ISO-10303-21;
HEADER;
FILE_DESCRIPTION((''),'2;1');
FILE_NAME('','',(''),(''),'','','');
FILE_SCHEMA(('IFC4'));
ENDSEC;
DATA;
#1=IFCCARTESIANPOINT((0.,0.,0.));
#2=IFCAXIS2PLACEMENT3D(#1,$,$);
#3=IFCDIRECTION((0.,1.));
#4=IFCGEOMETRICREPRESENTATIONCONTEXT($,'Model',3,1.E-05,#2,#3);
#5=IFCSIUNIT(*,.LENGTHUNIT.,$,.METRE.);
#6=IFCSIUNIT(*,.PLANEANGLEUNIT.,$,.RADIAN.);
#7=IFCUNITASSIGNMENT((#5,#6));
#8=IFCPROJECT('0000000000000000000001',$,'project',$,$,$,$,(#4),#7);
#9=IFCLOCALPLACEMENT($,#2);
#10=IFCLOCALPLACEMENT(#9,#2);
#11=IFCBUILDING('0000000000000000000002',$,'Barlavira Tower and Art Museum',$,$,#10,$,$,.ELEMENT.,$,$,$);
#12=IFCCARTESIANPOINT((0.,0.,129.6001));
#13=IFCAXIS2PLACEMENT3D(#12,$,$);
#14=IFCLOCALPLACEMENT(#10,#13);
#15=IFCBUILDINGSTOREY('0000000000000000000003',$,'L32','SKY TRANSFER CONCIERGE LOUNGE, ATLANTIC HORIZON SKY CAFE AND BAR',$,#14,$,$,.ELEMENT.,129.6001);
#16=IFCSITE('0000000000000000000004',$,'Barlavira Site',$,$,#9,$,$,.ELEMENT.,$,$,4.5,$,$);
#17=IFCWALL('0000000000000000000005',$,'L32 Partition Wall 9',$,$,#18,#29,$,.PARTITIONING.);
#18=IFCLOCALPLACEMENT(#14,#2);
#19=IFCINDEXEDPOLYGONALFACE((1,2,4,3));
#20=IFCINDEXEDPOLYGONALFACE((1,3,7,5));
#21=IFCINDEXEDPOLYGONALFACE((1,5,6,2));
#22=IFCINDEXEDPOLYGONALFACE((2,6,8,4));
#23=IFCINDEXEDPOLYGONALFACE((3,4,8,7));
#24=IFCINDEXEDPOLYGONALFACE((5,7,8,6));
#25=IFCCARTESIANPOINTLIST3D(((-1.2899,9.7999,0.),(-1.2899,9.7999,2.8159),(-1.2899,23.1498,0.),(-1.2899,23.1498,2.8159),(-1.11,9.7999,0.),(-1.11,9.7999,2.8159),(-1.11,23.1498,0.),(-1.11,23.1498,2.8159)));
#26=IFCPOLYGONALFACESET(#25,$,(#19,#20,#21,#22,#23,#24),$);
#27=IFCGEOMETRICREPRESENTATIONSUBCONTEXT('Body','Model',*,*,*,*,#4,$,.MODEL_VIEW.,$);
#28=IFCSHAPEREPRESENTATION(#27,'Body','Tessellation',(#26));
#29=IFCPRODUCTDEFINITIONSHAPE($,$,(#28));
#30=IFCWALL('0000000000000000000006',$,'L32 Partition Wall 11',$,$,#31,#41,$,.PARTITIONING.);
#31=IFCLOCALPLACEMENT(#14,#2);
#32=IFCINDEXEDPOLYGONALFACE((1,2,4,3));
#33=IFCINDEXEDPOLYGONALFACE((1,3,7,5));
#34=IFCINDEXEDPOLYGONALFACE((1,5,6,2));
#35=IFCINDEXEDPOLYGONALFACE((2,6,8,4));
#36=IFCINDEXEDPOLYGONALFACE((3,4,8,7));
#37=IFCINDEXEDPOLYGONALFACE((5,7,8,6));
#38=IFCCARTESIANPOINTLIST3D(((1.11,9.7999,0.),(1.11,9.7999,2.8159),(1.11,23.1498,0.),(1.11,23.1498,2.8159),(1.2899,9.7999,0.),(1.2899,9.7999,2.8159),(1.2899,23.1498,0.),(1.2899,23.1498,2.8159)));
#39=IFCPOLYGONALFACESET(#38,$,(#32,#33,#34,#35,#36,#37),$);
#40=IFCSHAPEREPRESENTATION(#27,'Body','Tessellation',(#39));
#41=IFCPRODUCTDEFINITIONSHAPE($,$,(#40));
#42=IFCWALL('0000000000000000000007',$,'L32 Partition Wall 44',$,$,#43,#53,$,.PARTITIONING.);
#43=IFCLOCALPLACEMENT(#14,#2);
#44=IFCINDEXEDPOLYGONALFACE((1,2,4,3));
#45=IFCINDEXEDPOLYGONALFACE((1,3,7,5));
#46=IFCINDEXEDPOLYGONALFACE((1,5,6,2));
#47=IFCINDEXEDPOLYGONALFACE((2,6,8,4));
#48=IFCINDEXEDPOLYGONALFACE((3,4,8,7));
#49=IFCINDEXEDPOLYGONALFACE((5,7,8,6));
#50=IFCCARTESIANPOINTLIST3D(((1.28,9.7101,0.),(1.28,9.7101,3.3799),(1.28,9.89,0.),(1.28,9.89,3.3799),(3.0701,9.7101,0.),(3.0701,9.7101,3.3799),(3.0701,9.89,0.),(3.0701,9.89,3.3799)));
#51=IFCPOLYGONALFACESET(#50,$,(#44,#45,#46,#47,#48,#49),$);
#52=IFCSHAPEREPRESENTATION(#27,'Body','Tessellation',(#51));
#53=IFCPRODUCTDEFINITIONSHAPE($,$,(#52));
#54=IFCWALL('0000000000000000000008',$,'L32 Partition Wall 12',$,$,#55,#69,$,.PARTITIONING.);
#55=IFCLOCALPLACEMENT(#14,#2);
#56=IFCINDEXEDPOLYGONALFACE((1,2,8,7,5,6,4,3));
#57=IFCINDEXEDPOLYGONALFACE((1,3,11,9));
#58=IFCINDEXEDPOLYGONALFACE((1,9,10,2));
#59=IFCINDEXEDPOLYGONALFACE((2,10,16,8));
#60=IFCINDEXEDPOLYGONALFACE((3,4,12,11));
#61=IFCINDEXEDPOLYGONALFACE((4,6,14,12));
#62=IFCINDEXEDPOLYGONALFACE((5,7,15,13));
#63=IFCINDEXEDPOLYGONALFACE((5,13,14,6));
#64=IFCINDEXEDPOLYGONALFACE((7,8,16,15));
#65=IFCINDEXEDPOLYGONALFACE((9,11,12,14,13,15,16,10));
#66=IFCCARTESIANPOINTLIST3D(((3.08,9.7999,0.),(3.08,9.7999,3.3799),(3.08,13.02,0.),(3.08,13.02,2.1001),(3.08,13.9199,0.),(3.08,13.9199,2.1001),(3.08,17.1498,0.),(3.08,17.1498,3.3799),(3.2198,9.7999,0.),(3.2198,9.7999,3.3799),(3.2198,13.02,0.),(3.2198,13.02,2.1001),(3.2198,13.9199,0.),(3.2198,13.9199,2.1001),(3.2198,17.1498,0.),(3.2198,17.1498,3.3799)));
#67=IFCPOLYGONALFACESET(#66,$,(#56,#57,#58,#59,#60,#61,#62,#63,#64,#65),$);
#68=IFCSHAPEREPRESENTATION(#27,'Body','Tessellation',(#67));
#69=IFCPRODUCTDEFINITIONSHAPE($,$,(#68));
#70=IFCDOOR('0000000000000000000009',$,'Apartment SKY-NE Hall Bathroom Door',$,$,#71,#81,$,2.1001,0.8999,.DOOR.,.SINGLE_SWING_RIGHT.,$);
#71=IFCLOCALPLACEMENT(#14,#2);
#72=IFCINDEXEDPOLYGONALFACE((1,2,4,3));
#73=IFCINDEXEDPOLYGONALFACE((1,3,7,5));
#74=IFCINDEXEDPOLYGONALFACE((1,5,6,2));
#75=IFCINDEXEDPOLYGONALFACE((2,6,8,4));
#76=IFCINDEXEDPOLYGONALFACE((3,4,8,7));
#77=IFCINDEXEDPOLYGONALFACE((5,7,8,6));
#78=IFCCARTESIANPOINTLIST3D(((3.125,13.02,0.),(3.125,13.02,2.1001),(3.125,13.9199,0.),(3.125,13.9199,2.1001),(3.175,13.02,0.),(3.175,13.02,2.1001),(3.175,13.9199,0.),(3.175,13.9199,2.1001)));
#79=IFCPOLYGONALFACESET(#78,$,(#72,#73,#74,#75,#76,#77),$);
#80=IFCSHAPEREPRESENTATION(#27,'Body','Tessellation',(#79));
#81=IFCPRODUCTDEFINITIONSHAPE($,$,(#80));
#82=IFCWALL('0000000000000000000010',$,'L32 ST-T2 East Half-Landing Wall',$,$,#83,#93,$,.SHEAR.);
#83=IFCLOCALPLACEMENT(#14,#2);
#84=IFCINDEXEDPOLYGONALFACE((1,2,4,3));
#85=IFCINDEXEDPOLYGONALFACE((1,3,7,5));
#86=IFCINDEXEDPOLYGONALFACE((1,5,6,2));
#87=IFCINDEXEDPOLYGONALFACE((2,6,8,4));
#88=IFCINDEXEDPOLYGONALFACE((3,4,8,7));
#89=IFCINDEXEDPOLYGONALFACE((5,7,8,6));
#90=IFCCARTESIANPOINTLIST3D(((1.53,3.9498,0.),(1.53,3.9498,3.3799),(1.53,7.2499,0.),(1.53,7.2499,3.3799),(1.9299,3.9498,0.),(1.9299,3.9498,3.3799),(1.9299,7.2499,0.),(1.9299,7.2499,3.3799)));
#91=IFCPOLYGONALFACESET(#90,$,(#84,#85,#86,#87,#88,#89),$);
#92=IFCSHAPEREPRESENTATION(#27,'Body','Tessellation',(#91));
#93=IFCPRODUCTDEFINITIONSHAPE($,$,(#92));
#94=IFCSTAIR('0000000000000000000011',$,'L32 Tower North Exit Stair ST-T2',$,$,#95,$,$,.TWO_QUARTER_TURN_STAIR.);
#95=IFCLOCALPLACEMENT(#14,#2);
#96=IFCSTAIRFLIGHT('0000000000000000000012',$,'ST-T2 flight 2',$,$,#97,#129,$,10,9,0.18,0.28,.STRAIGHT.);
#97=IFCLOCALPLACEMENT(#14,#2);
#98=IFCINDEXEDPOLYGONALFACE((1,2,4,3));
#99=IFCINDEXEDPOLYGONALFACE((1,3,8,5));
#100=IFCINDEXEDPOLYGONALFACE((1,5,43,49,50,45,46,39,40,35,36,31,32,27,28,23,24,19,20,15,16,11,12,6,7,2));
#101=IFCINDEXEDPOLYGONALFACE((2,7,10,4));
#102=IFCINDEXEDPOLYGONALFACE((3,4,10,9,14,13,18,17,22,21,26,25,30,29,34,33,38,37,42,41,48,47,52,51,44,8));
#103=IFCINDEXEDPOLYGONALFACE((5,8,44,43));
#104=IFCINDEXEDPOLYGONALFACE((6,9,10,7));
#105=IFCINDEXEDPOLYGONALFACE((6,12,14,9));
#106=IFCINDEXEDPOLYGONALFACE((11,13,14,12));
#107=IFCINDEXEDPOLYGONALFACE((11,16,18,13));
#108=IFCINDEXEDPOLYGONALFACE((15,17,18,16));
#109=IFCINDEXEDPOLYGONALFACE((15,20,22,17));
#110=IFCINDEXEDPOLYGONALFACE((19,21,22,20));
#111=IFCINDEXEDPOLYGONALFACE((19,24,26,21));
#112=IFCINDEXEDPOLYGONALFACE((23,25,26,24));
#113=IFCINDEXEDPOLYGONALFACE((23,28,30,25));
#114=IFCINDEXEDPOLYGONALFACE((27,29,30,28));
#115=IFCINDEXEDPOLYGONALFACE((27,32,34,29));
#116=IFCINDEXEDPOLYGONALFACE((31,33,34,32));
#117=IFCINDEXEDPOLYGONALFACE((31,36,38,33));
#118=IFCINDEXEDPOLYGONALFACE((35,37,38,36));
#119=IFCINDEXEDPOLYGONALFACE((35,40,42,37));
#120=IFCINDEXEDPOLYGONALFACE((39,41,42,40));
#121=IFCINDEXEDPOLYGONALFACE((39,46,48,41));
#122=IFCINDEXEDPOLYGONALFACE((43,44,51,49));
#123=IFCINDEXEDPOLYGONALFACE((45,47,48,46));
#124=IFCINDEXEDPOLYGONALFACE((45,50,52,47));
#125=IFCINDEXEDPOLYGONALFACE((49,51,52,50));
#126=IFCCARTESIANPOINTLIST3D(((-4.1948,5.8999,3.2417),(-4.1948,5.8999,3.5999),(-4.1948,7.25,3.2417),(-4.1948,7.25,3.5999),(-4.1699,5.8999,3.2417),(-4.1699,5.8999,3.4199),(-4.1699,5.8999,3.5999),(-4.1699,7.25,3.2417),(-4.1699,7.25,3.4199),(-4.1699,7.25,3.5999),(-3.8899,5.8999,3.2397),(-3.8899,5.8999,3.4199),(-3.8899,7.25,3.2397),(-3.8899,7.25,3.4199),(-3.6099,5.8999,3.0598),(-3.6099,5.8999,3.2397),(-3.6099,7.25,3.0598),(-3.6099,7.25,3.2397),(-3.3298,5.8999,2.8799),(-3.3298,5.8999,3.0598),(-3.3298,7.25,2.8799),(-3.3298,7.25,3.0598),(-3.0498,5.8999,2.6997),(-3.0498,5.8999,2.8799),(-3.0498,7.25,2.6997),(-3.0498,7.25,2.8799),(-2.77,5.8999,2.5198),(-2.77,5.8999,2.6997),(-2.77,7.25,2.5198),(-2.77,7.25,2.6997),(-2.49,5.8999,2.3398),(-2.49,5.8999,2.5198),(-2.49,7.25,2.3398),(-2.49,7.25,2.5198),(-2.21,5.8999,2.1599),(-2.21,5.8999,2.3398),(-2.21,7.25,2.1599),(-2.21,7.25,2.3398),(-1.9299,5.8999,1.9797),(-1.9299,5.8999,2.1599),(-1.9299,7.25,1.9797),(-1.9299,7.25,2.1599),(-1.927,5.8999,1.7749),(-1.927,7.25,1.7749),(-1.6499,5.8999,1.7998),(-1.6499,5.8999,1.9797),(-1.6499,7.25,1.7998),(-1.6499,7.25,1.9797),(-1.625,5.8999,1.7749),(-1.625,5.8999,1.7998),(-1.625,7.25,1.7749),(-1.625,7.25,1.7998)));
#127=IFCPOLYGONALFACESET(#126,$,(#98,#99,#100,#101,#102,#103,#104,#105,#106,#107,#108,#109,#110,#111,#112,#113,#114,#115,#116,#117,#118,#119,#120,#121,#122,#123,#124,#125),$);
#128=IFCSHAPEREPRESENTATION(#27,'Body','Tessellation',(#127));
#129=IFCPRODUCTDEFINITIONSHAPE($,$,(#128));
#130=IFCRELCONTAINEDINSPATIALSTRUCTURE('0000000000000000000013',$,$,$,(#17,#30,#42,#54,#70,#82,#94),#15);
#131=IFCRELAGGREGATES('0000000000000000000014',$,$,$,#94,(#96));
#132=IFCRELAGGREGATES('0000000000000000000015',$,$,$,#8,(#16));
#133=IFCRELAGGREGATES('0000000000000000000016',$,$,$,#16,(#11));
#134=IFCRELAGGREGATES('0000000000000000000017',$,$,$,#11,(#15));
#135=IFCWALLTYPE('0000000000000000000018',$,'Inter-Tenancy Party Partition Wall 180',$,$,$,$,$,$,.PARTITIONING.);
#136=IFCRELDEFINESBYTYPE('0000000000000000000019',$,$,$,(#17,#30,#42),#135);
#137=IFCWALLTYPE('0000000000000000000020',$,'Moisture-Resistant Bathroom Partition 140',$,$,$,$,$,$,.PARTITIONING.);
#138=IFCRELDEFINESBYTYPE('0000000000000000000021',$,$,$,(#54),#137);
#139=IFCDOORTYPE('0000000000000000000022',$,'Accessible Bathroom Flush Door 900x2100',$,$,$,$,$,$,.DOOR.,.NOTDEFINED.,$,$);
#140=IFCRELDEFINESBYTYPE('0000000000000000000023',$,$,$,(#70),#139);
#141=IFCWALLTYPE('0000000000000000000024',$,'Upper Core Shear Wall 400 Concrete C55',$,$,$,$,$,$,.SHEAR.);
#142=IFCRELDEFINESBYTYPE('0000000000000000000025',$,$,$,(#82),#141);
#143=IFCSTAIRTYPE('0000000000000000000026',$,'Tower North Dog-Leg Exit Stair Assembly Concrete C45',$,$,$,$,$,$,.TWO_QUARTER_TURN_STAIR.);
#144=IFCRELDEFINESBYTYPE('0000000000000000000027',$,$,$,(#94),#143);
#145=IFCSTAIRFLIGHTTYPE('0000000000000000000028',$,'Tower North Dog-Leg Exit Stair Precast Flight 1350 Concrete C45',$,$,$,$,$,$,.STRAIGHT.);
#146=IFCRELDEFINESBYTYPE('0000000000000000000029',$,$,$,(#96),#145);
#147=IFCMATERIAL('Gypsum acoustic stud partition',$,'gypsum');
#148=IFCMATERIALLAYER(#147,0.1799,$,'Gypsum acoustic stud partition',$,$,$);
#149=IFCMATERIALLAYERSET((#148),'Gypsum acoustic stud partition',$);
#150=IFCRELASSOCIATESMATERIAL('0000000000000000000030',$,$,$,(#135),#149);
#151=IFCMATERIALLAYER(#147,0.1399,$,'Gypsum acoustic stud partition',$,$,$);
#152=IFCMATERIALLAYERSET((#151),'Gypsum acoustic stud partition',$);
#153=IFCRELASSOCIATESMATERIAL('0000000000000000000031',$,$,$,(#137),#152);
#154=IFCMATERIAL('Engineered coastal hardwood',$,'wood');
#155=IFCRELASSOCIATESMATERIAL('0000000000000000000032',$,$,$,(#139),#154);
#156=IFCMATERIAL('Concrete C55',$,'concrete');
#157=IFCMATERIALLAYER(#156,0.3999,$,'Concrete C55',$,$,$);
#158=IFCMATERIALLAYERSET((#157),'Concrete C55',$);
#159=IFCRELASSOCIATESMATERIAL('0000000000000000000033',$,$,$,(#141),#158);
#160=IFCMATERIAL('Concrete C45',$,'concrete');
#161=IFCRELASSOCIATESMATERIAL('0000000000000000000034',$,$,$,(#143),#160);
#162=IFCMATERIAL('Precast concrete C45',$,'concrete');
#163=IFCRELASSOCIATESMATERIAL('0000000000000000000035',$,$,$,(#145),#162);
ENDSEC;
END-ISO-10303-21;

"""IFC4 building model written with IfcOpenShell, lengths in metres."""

from ifc_helpers import new_model, si_unit, direction, frame, frame_2d, origin, place, context, subcontext, project, spatial, polyline, rectangle, outline, extrude, material, layer, layer_set, type_object, element, fill, aggregate, save


model = new_model("IFC4")

# Units and contexts
model_context = context("Model", 3, precision=1e-05, world=origin(), true_north=direction((0.0, 1.0)))
body_context = subcontext(model_context, "Body", "Model", "MODEL_VIEW")
ifc_project = project(units=[si_unit("LENGTHUNIT", "METRE"), si_unit("PLANEANGLEUNIT", "RADIAN")], contexts=[model_context])

# Site, building, storey
site_placement = place(None, origin())
site = spatial("IfcSite", under=ifc_project, at=site_placement, Name="Barlavira Site", CompositionType="ELEMENT", RefElevation=4.5)
building_placement = place(site_placement, origin())
building = spatial("IfcBuilding", under=site, at=building_placement, Name="Barlavira Tower and Art Museum", CompositionType="ELEMENT")
storey_placement = place(building_placement, frame((0.0, 0.0, 129.6001)))
storey = spatial("IfcBuildingStorey", under=building, at=storey_placement, Name="L32", Description="SKY TRANSFER CONCIERGE LOUNGE, ATLANTIC HORIZON SKY CAFE AND BAR", CompositionType="ELEMENT", Elevation=129.6001)

# Walls
ifc_material_1 = material(Name="Gypsum acoustic stud partition", Category="gypsum")
ifc_layer_1 = layer(ifc_material_1, 0.1799, Name="Gypsum acoustic stud partition")
ifc_layer_set_1 = layer_set([ifc_layer_1], Name="Gypsum acoustic stud partition")
wall_type_1 = type_object("IfcWallType", Name="Inter-Tenancy Party Partition Wall 180", PredefinedType="PARTITIONING", material=ifc_layer_set_1)
for number, where, z_axis, x_axis, name in (
    (1, (-1.2, 9.8, 0.0), (0.0, 0.0, 1.0), (0.0, 1.0, 0.0), "L32 Partition Wall 9"),
    (2, (1.2, 9.8, 0.0), (0.0, 0.0, 1.0), (0.0, 1.0, 0.0), "L32 Partition Wall 11"),
):
    element("IfcWall", number, at=place(storey_placement, frame(where, z_axis=z_axis, x_axis=x_axis)), inside=storey, type_object=wall_type_1, Name=name, PredefinedType="PARTITIONING", context=body_context, shape_type="SweptSolid", body=[
        extrude(rectangle(XDim=13.3499, YDim=0.1799, at=frame_2d((6.6748, 0.0))), origin(), (0.0, 0.0, 1.0), 2.8159),
    ])
wall_1_placement = place(storey_placement, frame((1.28, 9.8, 0.0), z_axis=(0.0, 0.0, 1.0), x_axis=(1.0, 0.0, 0.0)))
element("IfcWall", 3, at=wall_1_placement, inside=storey, type_object=wall_type_1, Name="L32 Partition Wall 44", PredefinedType="PARTITIONING", context=body_context, shape_type="SweptSolid", body=[
    extrude(rectangle(XDim=1.79, YDim=0.1799, at=frame_2d((0.895, 0.0))), origin(), (0.0, 0.0, 1.0), 3.3799),
])

# Wall, opening, door
ifc_layer_2 = layer(ifc_material_1, 0.1399, Name="Gypsum acoustic stud partition")
ifc_layer_set_2 = layer_set([ifc_layer_2], Name="Gypsum acoustic stud partition")
wall_type_2 = type_object("IfcWallType", Name="Moisture-Resistant Bathroom Partition 140", PredefinedType="PARTITIONING", material=ifc_layer_set_2)
wall_2_placement = place(storey_placement, frame((3.1499, 9.8, 0.0), z_axis=(0.0, 0.0, 1.0), x_axis=(0.0, 1.0, 0.0)))
wall_2 = element("IfcWall", 4, at=wall_2_placement, inside=storey, type_object=wall_type_2, Name="L32 Partition Wall 12", PredefinedType="PARTITIONING", context=body_context, shape_type="SweptSolid", body=[
    extrude(rectangle(XDim=7.3499, YDim=0.1399, at=frame_2d((3.6748, 0.0))), origin(), (0.0, 0.0, 1.0), 3.3799),
])
opening_1_placement = place(wall_2_placement, frame((3.22, 0.0, 0.0)))
opening_1 = element("IfcOpeningElement", 5, at=opening_1_placement, cuts=wall_2, PredefinedType="OPENING", context=body_context, shape_type="SweptSolid", body=[
    extrude(rectangle(XDim=0.8999, YDim=2.1001, at=frame_2d((0.45, 1.05))), frame((0.0, 0.0801, 0.0), z_axis=(0.0, -1.0, 0.0), x_axis=(1.0, 0.0, 0.0)), (0.0, 0.0, 1.0), 0.1599),
])
ifc_material_2 = material(Name="Engineered coastal hardwood", Category="wood")
door_type_1 = type_object("IfcDoorType", Name="Accessible Bathroom Flush Door 900x2100", OperationType="NOTDEFINED", PredefinedType="DOOR", material=ifc_material_2)
door_1_placement = place(opening_1_placement, origin())
door_1 = element("IfcDoor", 6, at=door_1_placement, inside=storey, type_object=door_type_1, Name="Apartment SKY-NE Hall Bathroom Door", OperationType="SINGLE_SWING_RIGHT", OverallHeight=2.1001, OverallWidth=0.8999, PredefinedType="DOOR", context=body_context, shape_type="SweptSolid", body=[
    extrude(rectangle(XDim=0.8999, YDim=2.1001, at=frame_2d((0.45, 1.05))), frame((0.0, 0.0249, 0.0), z_axis=(0.0, -1.0, 0.0), x_axis=(1.0, 0.0, 0.0)), (0.0, 0.0, 1.0), 0.05),
])
fill(opening_1, door_1)

# Wall
ifc_material_3 = material(Name="Concrete C55", Category="concrete")
ifc_layer_3 = layer(ifc_material_3, 0.3999, Name="Concrete C55")
ifc_layer_set_3 = layer_set([ifc_layer_3], Name="Concrete C55")
wall_type_3 = type_object("IfcWallType", Name="Upper Core Shear Wall 400 Concrete C55", PredefinedType="SHEAR", material=ifc_layer_set_3)
wall_3_placement = place(storey_placement, frame((1.73, 3.95, 0.0), z_axis=(0.0, 0.0, 1.0), x_axis=(0.0, 1.0, 0.0)))
element("IfcWall", 7, at=wall_3_placement, inside=storey, type_object=wall_type_3, Name="L32 ST-T2 East Half-Landing Wall", PredefinedType="SHEAR", context=body_context, shape_type="SweptSolid", body=[
    extrude(rectangle(XDim=3.3, YDim=0.3999, at=frame_2d((1.6499, 0.0))), origin(), (0.0, 0.0, 1.0), 3.3799),
])

# Stair, stair flight
ifc_material_4 = material(Name="Concrete C45", Category="concrete")
stair_type = type_object("IfcStairType", Name="Tower North Dog-Leg Exit Stair Assembly Concrete C45", PredefinedType="TWO_QUARTER_TURN_STAIR", material=ifc_material_4)
stair_placement = place(storey_placement, origin())
stair = element("IfcStair", 8, at=stair_placement, inside=storey, type_object=stair_type, Name="L32 Tower North Exit Stair ST-T2", PredefinedType="TWO_QUARTER_TURN_STAIR")
ifc_material_5 = material(Name="Precast concrete C45", Category="concrete")
stair_flight_type = type_object("IfcStairFlightType", Name="Tower North Dog-Leg Exit Stair Precast Flight 1350 Concrete C45", PredefinedType="STRAIGHT", material=ifc_material_5)
stair_flight_placement = place(storey_placement, frame((-1.6499, 6.575, 1.7998), z_axis=(0.0, 0.0, 1.0), x_axis=(-1.0, 0.0, 0.0)))
stair_flight = element("IfcStairFlight", 9, at=stair_flight_placement, type_object=stair_flight_type, Name="ST-T2 flight 2", NumberOfRisers=10, NumberOfTreads=9, PredefinedType="STRAIGHT", RiserHeight=0.18, TreadLength=0.28, context=body_context, shape_type="SweptSolid", body=[
    extrude(outline(polyline([(-0.0249, 0.0), (0.0, 0.0), (0.0, 0.1799), (0.28, 0.1799), (0.28, 0.3601), (0.5601, 0.3601), (0.5601, 0.54), (0.8401, 0.54), (0.8401, 0.72), (1.1201, 0.72), (1.1201, 0.8999), (1.3999, 0.8999), (1.3999, 1.0801), (1.6799, 1.0801), (1.6799, 1.26), (1.96, 1.26), (1.96, 1.4399), (2.24, 1.4399), (2.24, 1.6201), (2.52, 1.6201), (2.52, 1.8), (2.5449, 1.8), (2.5449, 1.4419), (2.52, 1.4419), (0.2771, -0.0249), (-0.0249, -0.0249), (-0.0249, 0.0)])), frame((0.0, 0.675, 0.0), z_axis=(0.0, -1.0, 0.0), x_axis=(1.0, 0.0, 0.0)), (0.0, 0.0, 1.0), 1.3501),
])
aggregate(stair, [stair_flight])

save(model, "model.ifc")
